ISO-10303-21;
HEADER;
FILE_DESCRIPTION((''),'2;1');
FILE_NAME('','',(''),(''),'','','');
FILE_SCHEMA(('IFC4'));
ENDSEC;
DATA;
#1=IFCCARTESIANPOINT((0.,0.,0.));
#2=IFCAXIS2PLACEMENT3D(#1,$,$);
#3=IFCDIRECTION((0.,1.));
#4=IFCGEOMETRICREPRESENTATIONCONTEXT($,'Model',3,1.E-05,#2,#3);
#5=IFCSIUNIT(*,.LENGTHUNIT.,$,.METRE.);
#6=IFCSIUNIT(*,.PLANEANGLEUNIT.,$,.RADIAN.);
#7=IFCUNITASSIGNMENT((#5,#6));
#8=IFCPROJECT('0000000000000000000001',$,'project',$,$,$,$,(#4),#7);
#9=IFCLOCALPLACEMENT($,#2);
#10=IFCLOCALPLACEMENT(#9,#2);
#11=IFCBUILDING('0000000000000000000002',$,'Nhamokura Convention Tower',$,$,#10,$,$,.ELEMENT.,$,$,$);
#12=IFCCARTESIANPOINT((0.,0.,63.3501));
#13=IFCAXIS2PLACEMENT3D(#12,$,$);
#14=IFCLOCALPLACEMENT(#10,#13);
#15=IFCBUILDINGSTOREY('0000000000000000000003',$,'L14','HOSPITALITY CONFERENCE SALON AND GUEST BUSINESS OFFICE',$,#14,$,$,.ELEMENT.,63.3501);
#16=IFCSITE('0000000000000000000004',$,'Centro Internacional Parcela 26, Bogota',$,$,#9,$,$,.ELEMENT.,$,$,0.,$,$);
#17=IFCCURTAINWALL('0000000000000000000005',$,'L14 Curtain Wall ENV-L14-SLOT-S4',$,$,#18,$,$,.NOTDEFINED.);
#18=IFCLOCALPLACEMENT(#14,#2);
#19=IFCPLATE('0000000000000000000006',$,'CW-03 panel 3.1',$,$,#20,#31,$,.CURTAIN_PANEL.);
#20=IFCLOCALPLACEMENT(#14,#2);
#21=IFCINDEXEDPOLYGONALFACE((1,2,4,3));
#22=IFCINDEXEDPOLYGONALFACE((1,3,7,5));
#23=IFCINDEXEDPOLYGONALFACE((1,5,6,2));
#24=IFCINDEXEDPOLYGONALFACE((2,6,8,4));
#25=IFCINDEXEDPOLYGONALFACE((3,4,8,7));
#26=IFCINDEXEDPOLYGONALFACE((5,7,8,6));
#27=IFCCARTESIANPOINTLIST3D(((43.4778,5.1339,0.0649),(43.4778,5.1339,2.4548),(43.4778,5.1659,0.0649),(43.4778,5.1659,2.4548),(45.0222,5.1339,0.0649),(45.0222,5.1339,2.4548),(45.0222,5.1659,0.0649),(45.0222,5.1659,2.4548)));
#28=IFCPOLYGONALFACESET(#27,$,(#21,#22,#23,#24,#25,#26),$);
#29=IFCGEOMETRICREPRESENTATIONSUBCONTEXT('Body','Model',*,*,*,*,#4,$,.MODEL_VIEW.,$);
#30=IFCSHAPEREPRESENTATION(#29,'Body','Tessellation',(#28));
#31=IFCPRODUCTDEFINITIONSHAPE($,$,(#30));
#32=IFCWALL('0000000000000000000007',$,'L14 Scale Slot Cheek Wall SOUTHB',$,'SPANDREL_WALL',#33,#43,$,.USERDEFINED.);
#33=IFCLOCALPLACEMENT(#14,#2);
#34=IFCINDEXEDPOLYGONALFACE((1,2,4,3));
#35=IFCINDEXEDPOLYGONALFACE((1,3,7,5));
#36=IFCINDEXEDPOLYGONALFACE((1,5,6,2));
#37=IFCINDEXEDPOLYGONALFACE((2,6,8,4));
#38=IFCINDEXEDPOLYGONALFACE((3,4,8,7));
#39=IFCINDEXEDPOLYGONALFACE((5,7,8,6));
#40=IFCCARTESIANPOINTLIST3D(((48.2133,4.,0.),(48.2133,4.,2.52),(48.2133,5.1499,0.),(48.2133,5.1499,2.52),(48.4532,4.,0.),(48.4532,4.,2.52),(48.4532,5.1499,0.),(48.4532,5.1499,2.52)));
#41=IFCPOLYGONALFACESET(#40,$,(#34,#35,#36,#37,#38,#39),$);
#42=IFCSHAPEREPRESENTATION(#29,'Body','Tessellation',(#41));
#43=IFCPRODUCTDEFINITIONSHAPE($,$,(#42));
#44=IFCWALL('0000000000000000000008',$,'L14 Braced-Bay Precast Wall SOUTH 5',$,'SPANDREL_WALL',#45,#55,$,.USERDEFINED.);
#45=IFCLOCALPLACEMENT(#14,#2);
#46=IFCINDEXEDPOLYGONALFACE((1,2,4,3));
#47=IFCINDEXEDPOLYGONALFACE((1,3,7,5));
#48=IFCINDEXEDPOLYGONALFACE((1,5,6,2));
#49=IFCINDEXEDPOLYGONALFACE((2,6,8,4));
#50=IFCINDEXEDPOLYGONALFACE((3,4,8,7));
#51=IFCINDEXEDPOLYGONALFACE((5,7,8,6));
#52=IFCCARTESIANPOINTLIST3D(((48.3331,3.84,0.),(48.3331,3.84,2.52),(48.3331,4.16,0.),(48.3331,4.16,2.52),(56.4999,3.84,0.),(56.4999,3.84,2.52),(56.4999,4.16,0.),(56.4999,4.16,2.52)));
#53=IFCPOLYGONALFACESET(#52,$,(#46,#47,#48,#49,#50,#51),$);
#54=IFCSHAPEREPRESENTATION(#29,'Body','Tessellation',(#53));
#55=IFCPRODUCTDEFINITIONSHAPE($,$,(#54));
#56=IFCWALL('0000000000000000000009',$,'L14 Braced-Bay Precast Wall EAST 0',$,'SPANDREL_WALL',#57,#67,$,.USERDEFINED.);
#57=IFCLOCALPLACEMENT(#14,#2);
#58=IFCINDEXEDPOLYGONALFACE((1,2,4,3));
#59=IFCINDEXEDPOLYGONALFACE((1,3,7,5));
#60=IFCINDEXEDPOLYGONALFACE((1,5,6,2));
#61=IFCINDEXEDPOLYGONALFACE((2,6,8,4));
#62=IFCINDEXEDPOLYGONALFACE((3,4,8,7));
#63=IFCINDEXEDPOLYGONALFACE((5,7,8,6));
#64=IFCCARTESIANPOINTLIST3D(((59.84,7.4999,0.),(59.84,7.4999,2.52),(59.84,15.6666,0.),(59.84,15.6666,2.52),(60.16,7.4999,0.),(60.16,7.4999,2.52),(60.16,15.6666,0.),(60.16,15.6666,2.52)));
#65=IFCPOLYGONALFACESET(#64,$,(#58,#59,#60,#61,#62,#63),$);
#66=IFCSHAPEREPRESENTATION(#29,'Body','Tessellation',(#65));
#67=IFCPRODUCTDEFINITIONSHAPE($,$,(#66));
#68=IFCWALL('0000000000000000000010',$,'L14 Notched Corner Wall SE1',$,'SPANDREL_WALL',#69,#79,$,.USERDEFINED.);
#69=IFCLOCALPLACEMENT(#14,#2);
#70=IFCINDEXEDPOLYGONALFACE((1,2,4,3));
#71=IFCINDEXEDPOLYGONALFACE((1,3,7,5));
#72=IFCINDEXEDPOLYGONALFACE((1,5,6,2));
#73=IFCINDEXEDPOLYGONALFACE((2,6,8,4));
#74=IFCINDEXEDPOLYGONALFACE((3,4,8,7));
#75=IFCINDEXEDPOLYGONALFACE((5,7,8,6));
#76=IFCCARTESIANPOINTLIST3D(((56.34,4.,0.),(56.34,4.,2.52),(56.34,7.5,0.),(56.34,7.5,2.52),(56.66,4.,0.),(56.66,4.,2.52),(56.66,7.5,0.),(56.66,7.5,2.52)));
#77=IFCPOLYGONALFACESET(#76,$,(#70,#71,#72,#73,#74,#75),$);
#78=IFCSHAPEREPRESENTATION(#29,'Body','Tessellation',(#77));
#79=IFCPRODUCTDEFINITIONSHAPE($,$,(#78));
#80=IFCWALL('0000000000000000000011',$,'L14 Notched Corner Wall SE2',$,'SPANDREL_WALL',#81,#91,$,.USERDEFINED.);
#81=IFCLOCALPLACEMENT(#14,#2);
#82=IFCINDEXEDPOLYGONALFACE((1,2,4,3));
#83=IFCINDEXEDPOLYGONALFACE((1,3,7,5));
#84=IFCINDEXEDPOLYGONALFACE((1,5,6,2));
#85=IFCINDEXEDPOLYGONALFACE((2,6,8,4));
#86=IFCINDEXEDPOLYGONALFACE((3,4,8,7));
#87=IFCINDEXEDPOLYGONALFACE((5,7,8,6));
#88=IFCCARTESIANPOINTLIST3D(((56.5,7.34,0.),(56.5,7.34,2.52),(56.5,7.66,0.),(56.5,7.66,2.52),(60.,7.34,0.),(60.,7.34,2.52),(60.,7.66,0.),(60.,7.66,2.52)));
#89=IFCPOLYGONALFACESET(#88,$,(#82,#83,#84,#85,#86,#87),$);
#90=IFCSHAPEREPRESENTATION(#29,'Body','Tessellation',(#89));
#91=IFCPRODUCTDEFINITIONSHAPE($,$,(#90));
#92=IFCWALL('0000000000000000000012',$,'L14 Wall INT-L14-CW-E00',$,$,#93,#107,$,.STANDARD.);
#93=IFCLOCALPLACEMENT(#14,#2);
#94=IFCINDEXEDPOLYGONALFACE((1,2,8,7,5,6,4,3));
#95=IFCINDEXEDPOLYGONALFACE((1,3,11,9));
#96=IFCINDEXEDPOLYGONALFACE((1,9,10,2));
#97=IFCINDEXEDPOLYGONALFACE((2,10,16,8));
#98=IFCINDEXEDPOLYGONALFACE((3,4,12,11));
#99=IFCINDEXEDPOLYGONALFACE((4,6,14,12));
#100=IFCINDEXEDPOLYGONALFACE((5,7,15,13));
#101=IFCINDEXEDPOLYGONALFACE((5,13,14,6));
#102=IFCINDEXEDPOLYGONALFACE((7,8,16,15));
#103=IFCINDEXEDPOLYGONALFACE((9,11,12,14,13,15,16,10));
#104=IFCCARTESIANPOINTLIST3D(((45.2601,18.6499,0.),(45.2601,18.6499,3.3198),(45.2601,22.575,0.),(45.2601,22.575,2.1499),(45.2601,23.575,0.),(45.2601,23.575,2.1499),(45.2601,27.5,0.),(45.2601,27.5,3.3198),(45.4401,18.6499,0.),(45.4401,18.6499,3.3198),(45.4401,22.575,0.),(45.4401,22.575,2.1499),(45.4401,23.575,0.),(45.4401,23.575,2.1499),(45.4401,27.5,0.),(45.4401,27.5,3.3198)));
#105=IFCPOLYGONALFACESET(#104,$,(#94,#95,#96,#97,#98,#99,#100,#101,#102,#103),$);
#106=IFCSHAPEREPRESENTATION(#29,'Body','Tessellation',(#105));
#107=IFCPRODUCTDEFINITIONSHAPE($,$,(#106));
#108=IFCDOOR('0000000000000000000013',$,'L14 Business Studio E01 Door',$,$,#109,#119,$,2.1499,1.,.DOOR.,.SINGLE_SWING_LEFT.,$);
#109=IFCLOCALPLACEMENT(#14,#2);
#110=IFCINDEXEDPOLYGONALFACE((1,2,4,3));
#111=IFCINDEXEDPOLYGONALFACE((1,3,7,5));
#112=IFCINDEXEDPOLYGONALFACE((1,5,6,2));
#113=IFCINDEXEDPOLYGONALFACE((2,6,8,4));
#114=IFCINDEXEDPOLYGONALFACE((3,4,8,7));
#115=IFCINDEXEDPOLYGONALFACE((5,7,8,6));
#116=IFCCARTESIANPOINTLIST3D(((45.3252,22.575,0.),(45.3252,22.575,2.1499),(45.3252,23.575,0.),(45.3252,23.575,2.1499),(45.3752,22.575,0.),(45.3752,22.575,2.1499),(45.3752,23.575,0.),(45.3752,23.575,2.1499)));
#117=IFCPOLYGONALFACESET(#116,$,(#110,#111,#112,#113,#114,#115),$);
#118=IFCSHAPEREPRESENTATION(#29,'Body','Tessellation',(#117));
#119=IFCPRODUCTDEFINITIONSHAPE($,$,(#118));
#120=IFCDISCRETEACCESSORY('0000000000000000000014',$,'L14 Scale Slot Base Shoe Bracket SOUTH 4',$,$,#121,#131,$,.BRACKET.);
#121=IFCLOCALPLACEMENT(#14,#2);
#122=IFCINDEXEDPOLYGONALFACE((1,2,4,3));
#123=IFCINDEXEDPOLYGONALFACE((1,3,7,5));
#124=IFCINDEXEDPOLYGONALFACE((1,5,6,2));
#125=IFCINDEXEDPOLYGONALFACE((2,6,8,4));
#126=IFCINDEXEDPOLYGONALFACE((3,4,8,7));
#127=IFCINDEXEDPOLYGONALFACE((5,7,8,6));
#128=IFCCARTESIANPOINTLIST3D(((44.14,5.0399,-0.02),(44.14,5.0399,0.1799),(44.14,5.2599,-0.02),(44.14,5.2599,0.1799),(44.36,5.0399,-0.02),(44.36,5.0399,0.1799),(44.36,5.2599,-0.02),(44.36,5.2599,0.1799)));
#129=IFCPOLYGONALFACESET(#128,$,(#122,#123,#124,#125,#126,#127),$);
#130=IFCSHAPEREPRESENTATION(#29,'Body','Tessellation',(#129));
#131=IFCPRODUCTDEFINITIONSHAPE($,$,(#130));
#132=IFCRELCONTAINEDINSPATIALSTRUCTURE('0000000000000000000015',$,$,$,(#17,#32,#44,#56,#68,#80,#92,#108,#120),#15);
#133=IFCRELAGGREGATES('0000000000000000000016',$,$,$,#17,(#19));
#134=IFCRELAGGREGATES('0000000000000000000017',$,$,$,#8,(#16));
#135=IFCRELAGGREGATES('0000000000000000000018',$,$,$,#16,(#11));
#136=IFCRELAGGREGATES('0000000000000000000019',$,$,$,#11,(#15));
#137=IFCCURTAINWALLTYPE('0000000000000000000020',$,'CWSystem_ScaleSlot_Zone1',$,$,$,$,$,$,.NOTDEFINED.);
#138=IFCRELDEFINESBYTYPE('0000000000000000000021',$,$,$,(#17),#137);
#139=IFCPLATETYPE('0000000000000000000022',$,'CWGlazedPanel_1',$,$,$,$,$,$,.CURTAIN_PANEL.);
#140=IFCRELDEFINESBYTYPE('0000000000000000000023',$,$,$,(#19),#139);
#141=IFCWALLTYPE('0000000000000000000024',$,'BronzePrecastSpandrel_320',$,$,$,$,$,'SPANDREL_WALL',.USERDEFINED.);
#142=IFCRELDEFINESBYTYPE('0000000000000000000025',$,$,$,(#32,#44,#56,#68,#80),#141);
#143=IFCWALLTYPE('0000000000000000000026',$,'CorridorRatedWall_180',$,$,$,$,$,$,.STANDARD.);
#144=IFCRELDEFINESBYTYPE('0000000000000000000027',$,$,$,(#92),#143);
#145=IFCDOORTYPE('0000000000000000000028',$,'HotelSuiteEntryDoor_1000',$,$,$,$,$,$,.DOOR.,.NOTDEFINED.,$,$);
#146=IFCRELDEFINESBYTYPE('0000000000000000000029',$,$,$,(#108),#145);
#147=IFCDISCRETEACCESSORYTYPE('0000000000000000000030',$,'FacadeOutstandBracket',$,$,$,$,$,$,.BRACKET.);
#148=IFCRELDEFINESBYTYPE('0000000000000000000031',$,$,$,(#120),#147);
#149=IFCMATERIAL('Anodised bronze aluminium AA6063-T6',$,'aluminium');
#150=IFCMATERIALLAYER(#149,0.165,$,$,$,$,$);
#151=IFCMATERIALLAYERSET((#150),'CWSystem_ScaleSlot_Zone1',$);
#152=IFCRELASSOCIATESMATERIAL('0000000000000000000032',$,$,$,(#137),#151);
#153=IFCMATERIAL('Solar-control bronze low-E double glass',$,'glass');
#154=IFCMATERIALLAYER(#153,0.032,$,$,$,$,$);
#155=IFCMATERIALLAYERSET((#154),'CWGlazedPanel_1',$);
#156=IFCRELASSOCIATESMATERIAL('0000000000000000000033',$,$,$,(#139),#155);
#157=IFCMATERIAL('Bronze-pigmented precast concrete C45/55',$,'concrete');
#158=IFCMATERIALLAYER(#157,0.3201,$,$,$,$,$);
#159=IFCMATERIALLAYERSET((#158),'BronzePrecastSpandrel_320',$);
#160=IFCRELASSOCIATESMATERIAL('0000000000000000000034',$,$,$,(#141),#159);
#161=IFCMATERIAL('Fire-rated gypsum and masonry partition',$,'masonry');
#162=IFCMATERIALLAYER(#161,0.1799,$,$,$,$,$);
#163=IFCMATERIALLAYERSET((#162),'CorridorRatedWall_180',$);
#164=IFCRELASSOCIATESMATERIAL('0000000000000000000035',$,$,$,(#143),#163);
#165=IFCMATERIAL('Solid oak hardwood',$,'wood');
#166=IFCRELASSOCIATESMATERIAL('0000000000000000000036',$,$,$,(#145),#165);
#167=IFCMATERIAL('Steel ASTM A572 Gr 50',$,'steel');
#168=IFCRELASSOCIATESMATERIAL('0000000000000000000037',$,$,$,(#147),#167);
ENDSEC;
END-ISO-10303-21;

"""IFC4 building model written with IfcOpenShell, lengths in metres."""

from ifc_helpers import new_model, si_unit, direction, frame, frame_2d, origin, origin_2d, place, context, subcontext, project, spatial, rectangle, extrude, material, layer, layer_set, type_object, element, fill, aggregate, save


model = new_model("IFC4")

# Units and contexts
model_context = context("Model", 3, precision=1e-05, world=origin(), true_north=direction((0.0, 1.0)))
body_context = subcontext(model_context, "Body", "Model", "MODEL_VIEW")
ifc_project = project(units=[si_unit("LENGTHUNIT", "METRE"), si_unit("PLANEANGLEUNIT", "RADIAN")], contexts=[model_context])

# Site, building, storey
site_placement = place(None, origin())
site = spatial("IfcSite", under=ifc_project, at=site_placement, Name="Centro Internacional Parcela 26, Bogota", CompositionType="ELEMENT", RefElevation=0.0)
building_placement = place(site_placement, origin())
building = spatial("IfcBuilding", under=site, at=building_placement, Name="Nhamokura Convention Tower", CompositionType="ELEMENT")
storey_placement = place(building_placement, frame((0.0, 0.0, 63.3501)))
storey = spatial("IfcBuildingStorey", under=building, at=storey_placement, Name="L14", Description="HOSPITALITY CONFERENCE SALON AND GUEST BUSINESS OFFICE", CompositionType="ELEMENT", Elevation=63.3501)

# Curtain wall
ifc_material_1 = material(Name="Anodised bronze aluminium AA6063-T6", Category="aluminium")
ifc_layer_1 = layer(ifc_material_1, 0.165)
ifc_layer_set_1 = layer_set([ifc_layer_1], Name="CWSystem_ScaleSlot_Zone1")
curtain_wall_type = type_object("IfcCurtainWallType", Name="CWSystem_ScaleSlot_Zone1", PredefinedType="NOTDEFINED", material=ifc_layer_set_1)
curtain_wall_placement = place(storey_placement, origin())
curtain_wall = element("IfcCurtainWall", 1, at=curtain_wall_placement, inside=storey, type_object=curtain_wall_type, Name="L14 Curtain Wall ENV-L14-SLOT-S4", PredefinedType="NOTDEFINED")

# Plate
ifc_material_2 = material(Name="Solar-control bronze low-E double glass", Category="glass")
ifc_layer_2 = layer(ifc_material_2, 0.032)
ifc_layer_set_2 = layer_set([ifc_layer_2], Name="CWGlazedPanel_1")
plate_type = type_object("IfcPlateType", Name="CWGlazedPanel_1", PredefinedType="CURTAIN_PANEL", material=ifc_layer_set_2)
plate_1_placement = place(storey_placement, frame((44.25, 5.1499, 0.0649), z_axis=(0.0, 0.0, 1.0), x_axis=(-1.0, 0.0, 0.0)))
plate_1 = element("IfcPlate", 2, at=plate_1_placement, type_object=plate_type, Name="CW-03 panel 3.1", PredefinedType="CURTAIN_PANEL", context=body_context, shape_type="SweptSolid", body=[
    extrude(rectangle(XDim=1.5444, YDim=0.032, at=origin_2d()), origin(), (0.0, 0.0, 1.0), 2.3899),
])
aggregate(curtain_wall, [plate_1])

# Walls
ifc_material_3 = material(Name="Bronze-pigmented precast concrete C45/55", Category="concrete")
ifc_layer_3 = layer(ifc_material_3, 0.3201)
ifc_layer_set_3 = layer_set([ifc_layer_3], Name="BronzePrecastSpandrel_320")
wall_type_1 = type_object("IfcWallType", Name="BronzePrecastSpandrel_320", ElementType="SPANDREL_WALL", PredefinedType="USERDEFINED", material=ifc_layer_set_3)
wall_1_placement = place(storey_placement, frame((48.3333, 4.0, 0.0), z_axis=(0.0, 0.0, 1.0), x_axis=(0.0, 1.0, 0.0)))
element("IfcWall", 3, at=wall_1_placement, inside=storey, type_object=wall_type_1, Name="L14 Scale Slot Cheek Wall SOUTHB", ObjectType="SPANDREL_WALL", PredefinedType="USERDEFINED", context=body_context, shape_type="SweptSolid", body=[
    extrude(rectangle(XDim=1.1499, YDim=0.24, at=frame_2d((0.575, 0.0))), origin(), (0.0, 0.0, 1.0), 2.52),
])
for number, where, z_axis, x_axis, name in (
    (4, (56.5, 4.0, 0.0), (0.0, 0.0, 1.0), (-1.0, 0.0, 0.0), "L14 Braced-Bay Precast Wall SOUTH 5"),
    (5, (60.0, 15.6667, 0.0), (0.0, 0.0, 1.0), (0.0, -1.0, 0.0), "L14 Braced-Bay Precast Wall EAST 0"),
):
    element("IfcWall", number, at=place(storey_placement, frame(where, z_axis=z_axis, x_axis=x_axis)), inside=storey, type_object=wall_type_1, Name=name, ObjectType="SPANDREL_WALL", PredefinedType="USERDEFINED", context=body_context, shape_type="SweptSolid", body=[
        extrude(rectangle(XDim=8.1667, YDim=0.3201, at=frame_2d((4.0835, 0.0))), origin(), (0.0, 0.0, 1.0), 2.52),
    ])
for number, where, z_axis, x_axis, name in (
    (6, (56.5, 7.5, 0.0), (0.0, 0.0, 1.0), (0.0, -1.0, 0.0), "L14 Notched Corner Wall SE1"),
    (7, (60.0, 7.5, 0.0), (0.0, 0.0, 1.0), (-1.0, 0.0, 0.0), "L14 Notched Corner Wall SE2"),
):
    element("IfcWall", number, at=place(storey_placement, frame(where, z_axis=z_axis, x_axis=x_axis)), inside=storey, type_object=wall_type_1, Name=name, ObjectType="SPANDREL_WALL", PredefinedType="USERDEFINED", context=body_context, shape_type="SweptSolid", body=[
        extrude(rectangle(XDim=3.5, YDim=0.3201, at=frame_2d((1.75, 0.0))), origin(), (0.0, 0.0, 1.0), 2.52),
    ])

# Wall, opening, door
ifc_material_4 = material(Name="Fire-rated gypsum and masonry partition", Category="masonry")
ifc_layer_4 = layer(ifc_material_4, 0.1799)
ifc_layer_set_4 = layer_set([ifc_layer_4], Name="CorridorRatedWall_180")
wall_type_2 = type_object("IfcWallType", Name="CorridorRatedWall_180", PredefinedType="STANDARD", material=ifc_layer_set_4)
wall_2_placement = place(storey_placement, frame((45.3501, 18.6499, 0.0), z_axis=(0.0, 0.0, 1.0), x_axis=(0.0, 1.0, 0.0)))
wall_2 = element("IfcWall", 8, at=wall_2_placement, inside=storey, type_object=wall_type_2, Name="L14 Wall INT-L14-CW-E00", PredefinedType="STANDARD", context=body_context, shape_type="SweptSolid", body=[
    extrude(rectangle(XDim=8.8501, YDim=0.1799, at=frame_2d((4.425, 0.0))), origin(), (0.0, 0.0, 1.0), 3.3198),
])
opening_placement = place(wall_2_placement, frame((3.925, 0.0, 0.0)))
opening = element("IfcOpeningElement", 9, at=opening_placement, cuts=wall_2, PredefinedType="OPENING", context=body_context, shape_type="SweptSolid", body=[
    extrude(rectangle(XDim=1.0, YDim=2.1499, at=frame_2d((0.5, 1.075))), frame((0.0, 0.0999, 0.0), z_axis=(0.0, -1.0, 0.0), x_axis=(1.0, 0.0, 0.0)), (0.0, 0.0, 1.0), 0.2),
])
ifc_material_5 = material(Name="Solid oak hardwood", Category="wood")
door_type = type_object("IfcDoorType", Name="HotelSuiteEntryDoor_1000", OperationType="NOTDEFINED", PredefinedType="DOOR", material=ifc_material_5)
door_placement = place(opening_placement, origin())
door = element("IfcDoor", 10, at=door_placement, inside=storey, type_object=door_type, Name="L14 Business Studio E01 Door", OperationType="SINGLE_SWING_LEFT", OverallHeight=2.1499, OverallWidth=1.0, PredefinedType="DOOR", context=body_context, shape_type="SweptSolid", body=[
    extrude(rectangle(XDim=1.0, YDim=2.1499, at=frame_2d((0.5, 1.075))), frame((0.0, 0.0249, 0.0), z_axis=(0.0, -1.0, 0.0), x_axis=(1.0, 0.0, 0.0)), (0.0, 0.0, 1.0), 0.05),
])
fill(opening, door)

# Discrete accessory
ifc_material_6 = material(Name="Steel ASTM A572 Gr 50", Category="steel")
discrete_accessory_type = type_object("IfcDiscreteAccessoryType", Name="FacadeOutstandBracket", PredefinedType="BRACKET", material=ifc_material_6)
discrete_accessory_placement = place(storey_placement, frame((44.25, 5.1499, -0.02), z_axis=(0.0, 0.0, 1.0), x_axis=(1.0, 0.0, 0.0)))
element("IfcDiscreteAccessory", 11, at=discrete_accessory_placement, inside=storey, type_object=discrete_accessory_type, Name="L14 Scale Slot Base Shoe Bracket SOUTH 4", PredefinedType="BRACKET", context=body_context, shape_type="SweptSolid", body=[
    extrude(rectangle(XDim=0.22, YDim=0.22, at=origin_2d()), origin(), (0.0, 0.0, 1.0), 0.2),
])

save(model, "model.ifc")
